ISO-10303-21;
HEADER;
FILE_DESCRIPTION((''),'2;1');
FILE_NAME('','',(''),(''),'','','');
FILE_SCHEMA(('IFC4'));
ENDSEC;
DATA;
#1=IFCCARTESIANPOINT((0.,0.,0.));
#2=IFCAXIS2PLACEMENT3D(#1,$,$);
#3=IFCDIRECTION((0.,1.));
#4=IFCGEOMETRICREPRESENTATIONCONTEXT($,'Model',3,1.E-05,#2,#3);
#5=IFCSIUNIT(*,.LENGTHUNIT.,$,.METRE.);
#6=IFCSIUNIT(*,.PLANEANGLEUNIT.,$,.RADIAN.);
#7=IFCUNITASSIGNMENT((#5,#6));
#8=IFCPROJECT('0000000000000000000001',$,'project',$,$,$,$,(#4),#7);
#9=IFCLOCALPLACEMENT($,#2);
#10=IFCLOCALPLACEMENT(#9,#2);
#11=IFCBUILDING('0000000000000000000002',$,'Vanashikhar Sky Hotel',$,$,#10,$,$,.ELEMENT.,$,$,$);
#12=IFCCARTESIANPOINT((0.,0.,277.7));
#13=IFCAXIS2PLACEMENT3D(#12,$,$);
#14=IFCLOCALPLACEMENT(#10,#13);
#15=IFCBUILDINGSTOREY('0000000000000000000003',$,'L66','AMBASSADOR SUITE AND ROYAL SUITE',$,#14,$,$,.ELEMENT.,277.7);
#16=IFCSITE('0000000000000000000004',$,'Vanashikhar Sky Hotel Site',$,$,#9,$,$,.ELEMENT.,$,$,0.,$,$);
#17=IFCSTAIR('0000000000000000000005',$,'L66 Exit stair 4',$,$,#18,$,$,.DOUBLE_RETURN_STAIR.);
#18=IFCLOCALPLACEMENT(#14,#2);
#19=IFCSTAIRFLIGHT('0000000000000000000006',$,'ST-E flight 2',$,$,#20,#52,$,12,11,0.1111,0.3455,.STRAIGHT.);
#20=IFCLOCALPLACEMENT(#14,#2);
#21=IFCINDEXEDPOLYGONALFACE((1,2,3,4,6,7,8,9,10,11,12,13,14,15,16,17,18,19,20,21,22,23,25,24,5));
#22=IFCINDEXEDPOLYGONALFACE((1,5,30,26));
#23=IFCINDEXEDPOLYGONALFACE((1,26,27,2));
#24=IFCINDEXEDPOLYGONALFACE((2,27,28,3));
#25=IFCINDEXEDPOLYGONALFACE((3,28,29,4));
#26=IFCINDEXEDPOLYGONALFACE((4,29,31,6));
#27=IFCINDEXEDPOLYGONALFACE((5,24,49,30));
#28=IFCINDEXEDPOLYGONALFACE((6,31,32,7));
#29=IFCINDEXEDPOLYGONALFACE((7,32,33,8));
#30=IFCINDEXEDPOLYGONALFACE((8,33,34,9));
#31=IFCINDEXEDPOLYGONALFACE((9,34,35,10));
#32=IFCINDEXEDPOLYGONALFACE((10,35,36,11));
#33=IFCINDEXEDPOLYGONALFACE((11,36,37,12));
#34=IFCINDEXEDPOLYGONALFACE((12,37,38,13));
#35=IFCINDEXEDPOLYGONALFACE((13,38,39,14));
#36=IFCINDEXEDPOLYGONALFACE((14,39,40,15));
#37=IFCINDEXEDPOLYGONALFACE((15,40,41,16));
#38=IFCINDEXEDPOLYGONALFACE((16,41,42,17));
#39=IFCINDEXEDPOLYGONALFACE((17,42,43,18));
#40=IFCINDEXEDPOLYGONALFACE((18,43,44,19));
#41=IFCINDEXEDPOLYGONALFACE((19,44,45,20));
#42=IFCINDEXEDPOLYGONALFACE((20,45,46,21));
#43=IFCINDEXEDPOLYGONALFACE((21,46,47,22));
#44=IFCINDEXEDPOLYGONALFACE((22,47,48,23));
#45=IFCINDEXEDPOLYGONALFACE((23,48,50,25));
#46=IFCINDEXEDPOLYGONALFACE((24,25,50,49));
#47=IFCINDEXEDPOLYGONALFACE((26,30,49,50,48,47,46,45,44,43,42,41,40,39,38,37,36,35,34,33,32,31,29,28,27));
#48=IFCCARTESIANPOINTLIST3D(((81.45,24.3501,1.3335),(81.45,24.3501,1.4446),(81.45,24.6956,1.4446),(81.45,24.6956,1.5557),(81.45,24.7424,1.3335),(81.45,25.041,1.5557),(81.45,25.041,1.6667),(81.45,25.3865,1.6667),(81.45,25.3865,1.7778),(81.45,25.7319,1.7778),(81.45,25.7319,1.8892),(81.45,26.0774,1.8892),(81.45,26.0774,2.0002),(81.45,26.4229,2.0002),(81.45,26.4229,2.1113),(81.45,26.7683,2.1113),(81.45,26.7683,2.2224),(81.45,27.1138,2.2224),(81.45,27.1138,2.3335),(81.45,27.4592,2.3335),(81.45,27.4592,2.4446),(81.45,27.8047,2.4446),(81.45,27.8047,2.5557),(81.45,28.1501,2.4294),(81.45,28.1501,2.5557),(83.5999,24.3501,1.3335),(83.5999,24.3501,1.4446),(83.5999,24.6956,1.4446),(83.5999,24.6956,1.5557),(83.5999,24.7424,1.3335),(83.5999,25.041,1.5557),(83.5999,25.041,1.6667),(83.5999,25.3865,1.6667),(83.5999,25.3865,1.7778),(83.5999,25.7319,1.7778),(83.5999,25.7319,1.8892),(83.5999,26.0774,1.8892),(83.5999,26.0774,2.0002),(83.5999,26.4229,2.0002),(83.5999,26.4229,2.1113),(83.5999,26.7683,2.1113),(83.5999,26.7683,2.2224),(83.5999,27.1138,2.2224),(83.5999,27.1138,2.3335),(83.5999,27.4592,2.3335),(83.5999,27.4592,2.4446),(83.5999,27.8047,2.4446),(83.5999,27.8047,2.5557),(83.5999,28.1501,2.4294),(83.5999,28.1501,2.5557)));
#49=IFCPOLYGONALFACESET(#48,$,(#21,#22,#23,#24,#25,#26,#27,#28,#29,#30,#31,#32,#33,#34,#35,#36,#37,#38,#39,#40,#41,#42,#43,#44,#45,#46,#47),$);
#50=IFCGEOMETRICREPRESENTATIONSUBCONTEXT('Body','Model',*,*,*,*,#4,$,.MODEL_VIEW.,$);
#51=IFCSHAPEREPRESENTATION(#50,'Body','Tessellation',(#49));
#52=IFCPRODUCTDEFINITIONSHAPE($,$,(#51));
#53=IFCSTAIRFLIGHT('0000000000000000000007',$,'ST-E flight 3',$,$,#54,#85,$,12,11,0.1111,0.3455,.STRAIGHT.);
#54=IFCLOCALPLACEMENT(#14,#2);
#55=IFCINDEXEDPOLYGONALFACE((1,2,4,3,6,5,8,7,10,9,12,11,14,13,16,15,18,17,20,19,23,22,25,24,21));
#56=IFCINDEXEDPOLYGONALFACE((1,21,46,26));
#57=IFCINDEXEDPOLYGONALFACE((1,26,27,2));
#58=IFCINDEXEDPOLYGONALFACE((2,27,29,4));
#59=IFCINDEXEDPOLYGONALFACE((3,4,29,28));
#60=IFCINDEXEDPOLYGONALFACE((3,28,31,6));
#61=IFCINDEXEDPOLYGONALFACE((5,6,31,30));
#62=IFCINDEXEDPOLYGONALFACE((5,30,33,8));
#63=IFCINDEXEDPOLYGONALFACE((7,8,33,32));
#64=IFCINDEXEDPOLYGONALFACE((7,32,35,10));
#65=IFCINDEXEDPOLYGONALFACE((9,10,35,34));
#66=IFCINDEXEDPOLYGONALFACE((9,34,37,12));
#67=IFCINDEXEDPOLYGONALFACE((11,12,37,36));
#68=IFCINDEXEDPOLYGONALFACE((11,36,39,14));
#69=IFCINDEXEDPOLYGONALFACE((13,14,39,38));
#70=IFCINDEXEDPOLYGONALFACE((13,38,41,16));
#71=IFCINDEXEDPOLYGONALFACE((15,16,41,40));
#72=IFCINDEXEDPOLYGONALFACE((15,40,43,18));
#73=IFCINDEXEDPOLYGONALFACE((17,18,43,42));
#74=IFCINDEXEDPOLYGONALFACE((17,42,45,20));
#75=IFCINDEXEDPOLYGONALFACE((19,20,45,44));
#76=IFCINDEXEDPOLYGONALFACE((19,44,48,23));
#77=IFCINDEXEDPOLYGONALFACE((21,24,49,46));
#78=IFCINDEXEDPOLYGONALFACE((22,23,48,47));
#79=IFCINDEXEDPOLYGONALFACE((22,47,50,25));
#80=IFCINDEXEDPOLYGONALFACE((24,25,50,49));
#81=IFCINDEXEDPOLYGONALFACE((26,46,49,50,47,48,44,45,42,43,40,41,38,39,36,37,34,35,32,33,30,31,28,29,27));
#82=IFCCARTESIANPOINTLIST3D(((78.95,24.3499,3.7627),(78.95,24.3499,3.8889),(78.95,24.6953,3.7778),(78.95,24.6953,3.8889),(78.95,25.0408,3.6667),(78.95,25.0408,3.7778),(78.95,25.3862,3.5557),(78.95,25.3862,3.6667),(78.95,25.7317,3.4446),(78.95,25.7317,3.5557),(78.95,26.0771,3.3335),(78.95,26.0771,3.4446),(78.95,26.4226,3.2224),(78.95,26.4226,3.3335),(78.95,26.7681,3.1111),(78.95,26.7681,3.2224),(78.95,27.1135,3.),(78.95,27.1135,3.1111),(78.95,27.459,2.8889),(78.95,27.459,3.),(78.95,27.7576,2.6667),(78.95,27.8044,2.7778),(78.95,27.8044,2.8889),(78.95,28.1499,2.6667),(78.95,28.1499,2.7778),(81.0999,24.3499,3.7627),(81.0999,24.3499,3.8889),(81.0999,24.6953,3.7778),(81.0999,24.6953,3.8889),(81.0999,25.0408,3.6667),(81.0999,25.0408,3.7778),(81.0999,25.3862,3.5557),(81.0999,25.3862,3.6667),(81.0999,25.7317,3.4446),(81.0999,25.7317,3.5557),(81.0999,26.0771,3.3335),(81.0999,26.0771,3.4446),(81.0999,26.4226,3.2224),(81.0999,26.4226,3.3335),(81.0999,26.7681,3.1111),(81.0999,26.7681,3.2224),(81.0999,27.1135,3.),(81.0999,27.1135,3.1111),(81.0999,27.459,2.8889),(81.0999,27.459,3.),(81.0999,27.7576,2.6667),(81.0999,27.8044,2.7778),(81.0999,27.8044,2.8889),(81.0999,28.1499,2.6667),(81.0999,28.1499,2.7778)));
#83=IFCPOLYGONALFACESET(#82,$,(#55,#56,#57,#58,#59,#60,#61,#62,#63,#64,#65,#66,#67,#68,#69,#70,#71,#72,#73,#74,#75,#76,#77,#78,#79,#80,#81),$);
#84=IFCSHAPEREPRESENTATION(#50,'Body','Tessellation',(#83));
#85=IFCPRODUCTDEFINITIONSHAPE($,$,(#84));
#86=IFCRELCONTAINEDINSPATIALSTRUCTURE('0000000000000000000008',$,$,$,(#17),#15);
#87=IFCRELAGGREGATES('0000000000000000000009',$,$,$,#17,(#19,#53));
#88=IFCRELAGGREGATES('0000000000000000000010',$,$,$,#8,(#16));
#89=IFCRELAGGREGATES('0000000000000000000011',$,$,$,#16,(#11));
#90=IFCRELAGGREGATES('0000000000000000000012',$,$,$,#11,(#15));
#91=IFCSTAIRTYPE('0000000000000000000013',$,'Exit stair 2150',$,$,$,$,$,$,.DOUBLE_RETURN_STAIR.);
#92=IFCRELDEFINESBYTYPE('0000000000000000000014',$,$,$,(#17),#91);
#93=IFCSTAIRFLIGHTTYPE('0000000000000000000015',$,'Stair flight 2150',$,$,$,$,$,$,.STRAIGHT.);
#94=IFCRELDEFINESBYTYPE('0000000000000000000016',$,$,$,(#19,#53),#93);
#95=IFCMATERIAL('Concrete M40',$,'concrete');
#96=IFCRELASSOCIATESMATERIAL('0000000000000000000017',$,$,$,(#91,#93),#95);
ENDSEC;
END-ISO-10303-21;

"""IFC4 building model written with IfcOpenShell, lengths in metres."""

from ifc_helpers import new_model, si_unit, direction, frame, origin, place, context, subcontext, project, spatial, polyline, outline, extrude, source, transform, mapped, material, type_object, element, aggregate, save


model = new_model("IFC4")

# Units and contexts
model_context = context("Model", 3, precision=1e-05, world=origin(), true_north=direction((0.0, 1.0)))
body_context = subcontext(model_context, "Body", "Model", "MODEL_VIEW")
ifc_project = project(units=[si_unit("LENGTHUNIT", "METRE"), si_unit("PLANEANGLEUNIT", "RADIAN")], contexts=[model_context])

# Site, building, storey
site_placement = place(None, origin())
site = spatial("IfcSite", under=ifc_project, at=site_placement, Name="Vanashikhar Sky Hotel Site", CompositionType="ELEMENT", RefElevation=0.0)
building_placement = place(site_placement, origin())
building = spatial("IfcBuilding", under=site, at=building_placement, Name="Vanashikhar Sky Hotel", CompositionType="ELEMENT")
storey_placement = place(building_placement, frame((0.0, 0.0, 277.7)))
storey = spatial("IfcBuildingStorey", under=building, at=storey_placement, Name="L66", Description="AMBASSADOR SUITE AND ROYAL SUITE", CompositionType="ELEMENT", Elevation=277.7)

# Shared definitions
ifc_material_1 = material(Name="Concrete M40", Category="concrete")

# Stair, stair flights
stair_type = type_object("IfcStairType", Name="Exit stair 2150", PredefinedType="DOUBLE_RETURN_STAIR", material=ifc_material_1)
stair_flight_type = type_object("IfcStairFlightType", Name="Stair flight 2150", PredefinedType="STRAIGHT", material=ifc_material_1)
shared_shape_1 = source(origin(), body_context, "Body", "SweptSolid", [
    extrude(outline(polyline([(0.0, 0.0), (0.0, 0.1111), (0.3455, 0.1111), (0.3455, 0.2222), (0.6909, 0.2222), (0.6909, 0.3333), (1.0364, 0.3333), (1.0364, 0.4443), (1.3818, 0.4443), (1.3818, 0.5557), (1.7273, 0.5557), (1.7273, 0.6667), (2.0728, 0.6667), (2.0728, 0.7778), (2.4182, 0.7778), (2.4182, 0.8889), (2.7637, 0.8889), (2.7637, 1.0), (3.1091, 1.0), (3.1091, 1.1111), (3.4546, 1.1111), (3.4546, 1.2222), (3.8, 1.2222), (3.8, 1.3333), (3.8, 1.0959), (0.3923, 0.0), (0.0, 0.0)])), frame((0.0, 1.075, 0.0), z_axis=(0.0, -1.0, 0.0), x_axis=(1.0, 0.0, 0.0)), (0.0, 0.0, 1.0), 2.1499),
])
stair_1_placement = place(storey_placement, origin())
stair_1 = element("IfcStair", 1, at=stair_1_placement, inside=storey, type_object=stair_type, Name="L66 Exit stair 4", PredefinedType="DOUBLE_RETURN_STAIR")
stair_flight_1_placement = place(storey_placement, frame((82.5249, 24.3501, 1.3335), z_axis=(0.0, 0.0, 1.0), x_axis=(0.0, 1.0, 0.0)))
stair_flight_1 = element("IfcStairFlight", 2, at=stair_flight_1_placement, type_object=stair_flight_type, Name="ST-E flight 2", NumberOfRisers=12, NumberOfTreads=11, PredefinedType="STRAIGHT", RiserHeight=0.1111, TreadLength=0.3455, context=body_context, shape_type="MappedRepresentation", body=[
    mapped(shared_shape_1, transform((0.0, 0.0, 0.0), scale=1.0)),
])
stair_flight_2_placement = place(storey_placement, frame((80.0249, 28.1499, 2.6667), z_axis=(0.0, 0.0, 1.0), x_axis=(0.0, -1.0, 0.0)))
stair_flight_2 = element("IfcStairFlight", 3, at=stair_flight_2_placement, type_object=stair_flight_type, Name="ST-E flight 3", NumberOfRisers=12, NumberOfTreads=11, PredefinedType="STRAIGHT", RiserHeight=0.1111, TreadLength=0.3455, context=body_context, shape_type="MappedRepresentation", body=[
    mapped(shared_shape_1, transform((0.0, 0.0, 0.0), scale=1.0)),
])
aggregate(stair_1, [stair_flight_1, stair_flight_2])

save(model, "model.ifc")
